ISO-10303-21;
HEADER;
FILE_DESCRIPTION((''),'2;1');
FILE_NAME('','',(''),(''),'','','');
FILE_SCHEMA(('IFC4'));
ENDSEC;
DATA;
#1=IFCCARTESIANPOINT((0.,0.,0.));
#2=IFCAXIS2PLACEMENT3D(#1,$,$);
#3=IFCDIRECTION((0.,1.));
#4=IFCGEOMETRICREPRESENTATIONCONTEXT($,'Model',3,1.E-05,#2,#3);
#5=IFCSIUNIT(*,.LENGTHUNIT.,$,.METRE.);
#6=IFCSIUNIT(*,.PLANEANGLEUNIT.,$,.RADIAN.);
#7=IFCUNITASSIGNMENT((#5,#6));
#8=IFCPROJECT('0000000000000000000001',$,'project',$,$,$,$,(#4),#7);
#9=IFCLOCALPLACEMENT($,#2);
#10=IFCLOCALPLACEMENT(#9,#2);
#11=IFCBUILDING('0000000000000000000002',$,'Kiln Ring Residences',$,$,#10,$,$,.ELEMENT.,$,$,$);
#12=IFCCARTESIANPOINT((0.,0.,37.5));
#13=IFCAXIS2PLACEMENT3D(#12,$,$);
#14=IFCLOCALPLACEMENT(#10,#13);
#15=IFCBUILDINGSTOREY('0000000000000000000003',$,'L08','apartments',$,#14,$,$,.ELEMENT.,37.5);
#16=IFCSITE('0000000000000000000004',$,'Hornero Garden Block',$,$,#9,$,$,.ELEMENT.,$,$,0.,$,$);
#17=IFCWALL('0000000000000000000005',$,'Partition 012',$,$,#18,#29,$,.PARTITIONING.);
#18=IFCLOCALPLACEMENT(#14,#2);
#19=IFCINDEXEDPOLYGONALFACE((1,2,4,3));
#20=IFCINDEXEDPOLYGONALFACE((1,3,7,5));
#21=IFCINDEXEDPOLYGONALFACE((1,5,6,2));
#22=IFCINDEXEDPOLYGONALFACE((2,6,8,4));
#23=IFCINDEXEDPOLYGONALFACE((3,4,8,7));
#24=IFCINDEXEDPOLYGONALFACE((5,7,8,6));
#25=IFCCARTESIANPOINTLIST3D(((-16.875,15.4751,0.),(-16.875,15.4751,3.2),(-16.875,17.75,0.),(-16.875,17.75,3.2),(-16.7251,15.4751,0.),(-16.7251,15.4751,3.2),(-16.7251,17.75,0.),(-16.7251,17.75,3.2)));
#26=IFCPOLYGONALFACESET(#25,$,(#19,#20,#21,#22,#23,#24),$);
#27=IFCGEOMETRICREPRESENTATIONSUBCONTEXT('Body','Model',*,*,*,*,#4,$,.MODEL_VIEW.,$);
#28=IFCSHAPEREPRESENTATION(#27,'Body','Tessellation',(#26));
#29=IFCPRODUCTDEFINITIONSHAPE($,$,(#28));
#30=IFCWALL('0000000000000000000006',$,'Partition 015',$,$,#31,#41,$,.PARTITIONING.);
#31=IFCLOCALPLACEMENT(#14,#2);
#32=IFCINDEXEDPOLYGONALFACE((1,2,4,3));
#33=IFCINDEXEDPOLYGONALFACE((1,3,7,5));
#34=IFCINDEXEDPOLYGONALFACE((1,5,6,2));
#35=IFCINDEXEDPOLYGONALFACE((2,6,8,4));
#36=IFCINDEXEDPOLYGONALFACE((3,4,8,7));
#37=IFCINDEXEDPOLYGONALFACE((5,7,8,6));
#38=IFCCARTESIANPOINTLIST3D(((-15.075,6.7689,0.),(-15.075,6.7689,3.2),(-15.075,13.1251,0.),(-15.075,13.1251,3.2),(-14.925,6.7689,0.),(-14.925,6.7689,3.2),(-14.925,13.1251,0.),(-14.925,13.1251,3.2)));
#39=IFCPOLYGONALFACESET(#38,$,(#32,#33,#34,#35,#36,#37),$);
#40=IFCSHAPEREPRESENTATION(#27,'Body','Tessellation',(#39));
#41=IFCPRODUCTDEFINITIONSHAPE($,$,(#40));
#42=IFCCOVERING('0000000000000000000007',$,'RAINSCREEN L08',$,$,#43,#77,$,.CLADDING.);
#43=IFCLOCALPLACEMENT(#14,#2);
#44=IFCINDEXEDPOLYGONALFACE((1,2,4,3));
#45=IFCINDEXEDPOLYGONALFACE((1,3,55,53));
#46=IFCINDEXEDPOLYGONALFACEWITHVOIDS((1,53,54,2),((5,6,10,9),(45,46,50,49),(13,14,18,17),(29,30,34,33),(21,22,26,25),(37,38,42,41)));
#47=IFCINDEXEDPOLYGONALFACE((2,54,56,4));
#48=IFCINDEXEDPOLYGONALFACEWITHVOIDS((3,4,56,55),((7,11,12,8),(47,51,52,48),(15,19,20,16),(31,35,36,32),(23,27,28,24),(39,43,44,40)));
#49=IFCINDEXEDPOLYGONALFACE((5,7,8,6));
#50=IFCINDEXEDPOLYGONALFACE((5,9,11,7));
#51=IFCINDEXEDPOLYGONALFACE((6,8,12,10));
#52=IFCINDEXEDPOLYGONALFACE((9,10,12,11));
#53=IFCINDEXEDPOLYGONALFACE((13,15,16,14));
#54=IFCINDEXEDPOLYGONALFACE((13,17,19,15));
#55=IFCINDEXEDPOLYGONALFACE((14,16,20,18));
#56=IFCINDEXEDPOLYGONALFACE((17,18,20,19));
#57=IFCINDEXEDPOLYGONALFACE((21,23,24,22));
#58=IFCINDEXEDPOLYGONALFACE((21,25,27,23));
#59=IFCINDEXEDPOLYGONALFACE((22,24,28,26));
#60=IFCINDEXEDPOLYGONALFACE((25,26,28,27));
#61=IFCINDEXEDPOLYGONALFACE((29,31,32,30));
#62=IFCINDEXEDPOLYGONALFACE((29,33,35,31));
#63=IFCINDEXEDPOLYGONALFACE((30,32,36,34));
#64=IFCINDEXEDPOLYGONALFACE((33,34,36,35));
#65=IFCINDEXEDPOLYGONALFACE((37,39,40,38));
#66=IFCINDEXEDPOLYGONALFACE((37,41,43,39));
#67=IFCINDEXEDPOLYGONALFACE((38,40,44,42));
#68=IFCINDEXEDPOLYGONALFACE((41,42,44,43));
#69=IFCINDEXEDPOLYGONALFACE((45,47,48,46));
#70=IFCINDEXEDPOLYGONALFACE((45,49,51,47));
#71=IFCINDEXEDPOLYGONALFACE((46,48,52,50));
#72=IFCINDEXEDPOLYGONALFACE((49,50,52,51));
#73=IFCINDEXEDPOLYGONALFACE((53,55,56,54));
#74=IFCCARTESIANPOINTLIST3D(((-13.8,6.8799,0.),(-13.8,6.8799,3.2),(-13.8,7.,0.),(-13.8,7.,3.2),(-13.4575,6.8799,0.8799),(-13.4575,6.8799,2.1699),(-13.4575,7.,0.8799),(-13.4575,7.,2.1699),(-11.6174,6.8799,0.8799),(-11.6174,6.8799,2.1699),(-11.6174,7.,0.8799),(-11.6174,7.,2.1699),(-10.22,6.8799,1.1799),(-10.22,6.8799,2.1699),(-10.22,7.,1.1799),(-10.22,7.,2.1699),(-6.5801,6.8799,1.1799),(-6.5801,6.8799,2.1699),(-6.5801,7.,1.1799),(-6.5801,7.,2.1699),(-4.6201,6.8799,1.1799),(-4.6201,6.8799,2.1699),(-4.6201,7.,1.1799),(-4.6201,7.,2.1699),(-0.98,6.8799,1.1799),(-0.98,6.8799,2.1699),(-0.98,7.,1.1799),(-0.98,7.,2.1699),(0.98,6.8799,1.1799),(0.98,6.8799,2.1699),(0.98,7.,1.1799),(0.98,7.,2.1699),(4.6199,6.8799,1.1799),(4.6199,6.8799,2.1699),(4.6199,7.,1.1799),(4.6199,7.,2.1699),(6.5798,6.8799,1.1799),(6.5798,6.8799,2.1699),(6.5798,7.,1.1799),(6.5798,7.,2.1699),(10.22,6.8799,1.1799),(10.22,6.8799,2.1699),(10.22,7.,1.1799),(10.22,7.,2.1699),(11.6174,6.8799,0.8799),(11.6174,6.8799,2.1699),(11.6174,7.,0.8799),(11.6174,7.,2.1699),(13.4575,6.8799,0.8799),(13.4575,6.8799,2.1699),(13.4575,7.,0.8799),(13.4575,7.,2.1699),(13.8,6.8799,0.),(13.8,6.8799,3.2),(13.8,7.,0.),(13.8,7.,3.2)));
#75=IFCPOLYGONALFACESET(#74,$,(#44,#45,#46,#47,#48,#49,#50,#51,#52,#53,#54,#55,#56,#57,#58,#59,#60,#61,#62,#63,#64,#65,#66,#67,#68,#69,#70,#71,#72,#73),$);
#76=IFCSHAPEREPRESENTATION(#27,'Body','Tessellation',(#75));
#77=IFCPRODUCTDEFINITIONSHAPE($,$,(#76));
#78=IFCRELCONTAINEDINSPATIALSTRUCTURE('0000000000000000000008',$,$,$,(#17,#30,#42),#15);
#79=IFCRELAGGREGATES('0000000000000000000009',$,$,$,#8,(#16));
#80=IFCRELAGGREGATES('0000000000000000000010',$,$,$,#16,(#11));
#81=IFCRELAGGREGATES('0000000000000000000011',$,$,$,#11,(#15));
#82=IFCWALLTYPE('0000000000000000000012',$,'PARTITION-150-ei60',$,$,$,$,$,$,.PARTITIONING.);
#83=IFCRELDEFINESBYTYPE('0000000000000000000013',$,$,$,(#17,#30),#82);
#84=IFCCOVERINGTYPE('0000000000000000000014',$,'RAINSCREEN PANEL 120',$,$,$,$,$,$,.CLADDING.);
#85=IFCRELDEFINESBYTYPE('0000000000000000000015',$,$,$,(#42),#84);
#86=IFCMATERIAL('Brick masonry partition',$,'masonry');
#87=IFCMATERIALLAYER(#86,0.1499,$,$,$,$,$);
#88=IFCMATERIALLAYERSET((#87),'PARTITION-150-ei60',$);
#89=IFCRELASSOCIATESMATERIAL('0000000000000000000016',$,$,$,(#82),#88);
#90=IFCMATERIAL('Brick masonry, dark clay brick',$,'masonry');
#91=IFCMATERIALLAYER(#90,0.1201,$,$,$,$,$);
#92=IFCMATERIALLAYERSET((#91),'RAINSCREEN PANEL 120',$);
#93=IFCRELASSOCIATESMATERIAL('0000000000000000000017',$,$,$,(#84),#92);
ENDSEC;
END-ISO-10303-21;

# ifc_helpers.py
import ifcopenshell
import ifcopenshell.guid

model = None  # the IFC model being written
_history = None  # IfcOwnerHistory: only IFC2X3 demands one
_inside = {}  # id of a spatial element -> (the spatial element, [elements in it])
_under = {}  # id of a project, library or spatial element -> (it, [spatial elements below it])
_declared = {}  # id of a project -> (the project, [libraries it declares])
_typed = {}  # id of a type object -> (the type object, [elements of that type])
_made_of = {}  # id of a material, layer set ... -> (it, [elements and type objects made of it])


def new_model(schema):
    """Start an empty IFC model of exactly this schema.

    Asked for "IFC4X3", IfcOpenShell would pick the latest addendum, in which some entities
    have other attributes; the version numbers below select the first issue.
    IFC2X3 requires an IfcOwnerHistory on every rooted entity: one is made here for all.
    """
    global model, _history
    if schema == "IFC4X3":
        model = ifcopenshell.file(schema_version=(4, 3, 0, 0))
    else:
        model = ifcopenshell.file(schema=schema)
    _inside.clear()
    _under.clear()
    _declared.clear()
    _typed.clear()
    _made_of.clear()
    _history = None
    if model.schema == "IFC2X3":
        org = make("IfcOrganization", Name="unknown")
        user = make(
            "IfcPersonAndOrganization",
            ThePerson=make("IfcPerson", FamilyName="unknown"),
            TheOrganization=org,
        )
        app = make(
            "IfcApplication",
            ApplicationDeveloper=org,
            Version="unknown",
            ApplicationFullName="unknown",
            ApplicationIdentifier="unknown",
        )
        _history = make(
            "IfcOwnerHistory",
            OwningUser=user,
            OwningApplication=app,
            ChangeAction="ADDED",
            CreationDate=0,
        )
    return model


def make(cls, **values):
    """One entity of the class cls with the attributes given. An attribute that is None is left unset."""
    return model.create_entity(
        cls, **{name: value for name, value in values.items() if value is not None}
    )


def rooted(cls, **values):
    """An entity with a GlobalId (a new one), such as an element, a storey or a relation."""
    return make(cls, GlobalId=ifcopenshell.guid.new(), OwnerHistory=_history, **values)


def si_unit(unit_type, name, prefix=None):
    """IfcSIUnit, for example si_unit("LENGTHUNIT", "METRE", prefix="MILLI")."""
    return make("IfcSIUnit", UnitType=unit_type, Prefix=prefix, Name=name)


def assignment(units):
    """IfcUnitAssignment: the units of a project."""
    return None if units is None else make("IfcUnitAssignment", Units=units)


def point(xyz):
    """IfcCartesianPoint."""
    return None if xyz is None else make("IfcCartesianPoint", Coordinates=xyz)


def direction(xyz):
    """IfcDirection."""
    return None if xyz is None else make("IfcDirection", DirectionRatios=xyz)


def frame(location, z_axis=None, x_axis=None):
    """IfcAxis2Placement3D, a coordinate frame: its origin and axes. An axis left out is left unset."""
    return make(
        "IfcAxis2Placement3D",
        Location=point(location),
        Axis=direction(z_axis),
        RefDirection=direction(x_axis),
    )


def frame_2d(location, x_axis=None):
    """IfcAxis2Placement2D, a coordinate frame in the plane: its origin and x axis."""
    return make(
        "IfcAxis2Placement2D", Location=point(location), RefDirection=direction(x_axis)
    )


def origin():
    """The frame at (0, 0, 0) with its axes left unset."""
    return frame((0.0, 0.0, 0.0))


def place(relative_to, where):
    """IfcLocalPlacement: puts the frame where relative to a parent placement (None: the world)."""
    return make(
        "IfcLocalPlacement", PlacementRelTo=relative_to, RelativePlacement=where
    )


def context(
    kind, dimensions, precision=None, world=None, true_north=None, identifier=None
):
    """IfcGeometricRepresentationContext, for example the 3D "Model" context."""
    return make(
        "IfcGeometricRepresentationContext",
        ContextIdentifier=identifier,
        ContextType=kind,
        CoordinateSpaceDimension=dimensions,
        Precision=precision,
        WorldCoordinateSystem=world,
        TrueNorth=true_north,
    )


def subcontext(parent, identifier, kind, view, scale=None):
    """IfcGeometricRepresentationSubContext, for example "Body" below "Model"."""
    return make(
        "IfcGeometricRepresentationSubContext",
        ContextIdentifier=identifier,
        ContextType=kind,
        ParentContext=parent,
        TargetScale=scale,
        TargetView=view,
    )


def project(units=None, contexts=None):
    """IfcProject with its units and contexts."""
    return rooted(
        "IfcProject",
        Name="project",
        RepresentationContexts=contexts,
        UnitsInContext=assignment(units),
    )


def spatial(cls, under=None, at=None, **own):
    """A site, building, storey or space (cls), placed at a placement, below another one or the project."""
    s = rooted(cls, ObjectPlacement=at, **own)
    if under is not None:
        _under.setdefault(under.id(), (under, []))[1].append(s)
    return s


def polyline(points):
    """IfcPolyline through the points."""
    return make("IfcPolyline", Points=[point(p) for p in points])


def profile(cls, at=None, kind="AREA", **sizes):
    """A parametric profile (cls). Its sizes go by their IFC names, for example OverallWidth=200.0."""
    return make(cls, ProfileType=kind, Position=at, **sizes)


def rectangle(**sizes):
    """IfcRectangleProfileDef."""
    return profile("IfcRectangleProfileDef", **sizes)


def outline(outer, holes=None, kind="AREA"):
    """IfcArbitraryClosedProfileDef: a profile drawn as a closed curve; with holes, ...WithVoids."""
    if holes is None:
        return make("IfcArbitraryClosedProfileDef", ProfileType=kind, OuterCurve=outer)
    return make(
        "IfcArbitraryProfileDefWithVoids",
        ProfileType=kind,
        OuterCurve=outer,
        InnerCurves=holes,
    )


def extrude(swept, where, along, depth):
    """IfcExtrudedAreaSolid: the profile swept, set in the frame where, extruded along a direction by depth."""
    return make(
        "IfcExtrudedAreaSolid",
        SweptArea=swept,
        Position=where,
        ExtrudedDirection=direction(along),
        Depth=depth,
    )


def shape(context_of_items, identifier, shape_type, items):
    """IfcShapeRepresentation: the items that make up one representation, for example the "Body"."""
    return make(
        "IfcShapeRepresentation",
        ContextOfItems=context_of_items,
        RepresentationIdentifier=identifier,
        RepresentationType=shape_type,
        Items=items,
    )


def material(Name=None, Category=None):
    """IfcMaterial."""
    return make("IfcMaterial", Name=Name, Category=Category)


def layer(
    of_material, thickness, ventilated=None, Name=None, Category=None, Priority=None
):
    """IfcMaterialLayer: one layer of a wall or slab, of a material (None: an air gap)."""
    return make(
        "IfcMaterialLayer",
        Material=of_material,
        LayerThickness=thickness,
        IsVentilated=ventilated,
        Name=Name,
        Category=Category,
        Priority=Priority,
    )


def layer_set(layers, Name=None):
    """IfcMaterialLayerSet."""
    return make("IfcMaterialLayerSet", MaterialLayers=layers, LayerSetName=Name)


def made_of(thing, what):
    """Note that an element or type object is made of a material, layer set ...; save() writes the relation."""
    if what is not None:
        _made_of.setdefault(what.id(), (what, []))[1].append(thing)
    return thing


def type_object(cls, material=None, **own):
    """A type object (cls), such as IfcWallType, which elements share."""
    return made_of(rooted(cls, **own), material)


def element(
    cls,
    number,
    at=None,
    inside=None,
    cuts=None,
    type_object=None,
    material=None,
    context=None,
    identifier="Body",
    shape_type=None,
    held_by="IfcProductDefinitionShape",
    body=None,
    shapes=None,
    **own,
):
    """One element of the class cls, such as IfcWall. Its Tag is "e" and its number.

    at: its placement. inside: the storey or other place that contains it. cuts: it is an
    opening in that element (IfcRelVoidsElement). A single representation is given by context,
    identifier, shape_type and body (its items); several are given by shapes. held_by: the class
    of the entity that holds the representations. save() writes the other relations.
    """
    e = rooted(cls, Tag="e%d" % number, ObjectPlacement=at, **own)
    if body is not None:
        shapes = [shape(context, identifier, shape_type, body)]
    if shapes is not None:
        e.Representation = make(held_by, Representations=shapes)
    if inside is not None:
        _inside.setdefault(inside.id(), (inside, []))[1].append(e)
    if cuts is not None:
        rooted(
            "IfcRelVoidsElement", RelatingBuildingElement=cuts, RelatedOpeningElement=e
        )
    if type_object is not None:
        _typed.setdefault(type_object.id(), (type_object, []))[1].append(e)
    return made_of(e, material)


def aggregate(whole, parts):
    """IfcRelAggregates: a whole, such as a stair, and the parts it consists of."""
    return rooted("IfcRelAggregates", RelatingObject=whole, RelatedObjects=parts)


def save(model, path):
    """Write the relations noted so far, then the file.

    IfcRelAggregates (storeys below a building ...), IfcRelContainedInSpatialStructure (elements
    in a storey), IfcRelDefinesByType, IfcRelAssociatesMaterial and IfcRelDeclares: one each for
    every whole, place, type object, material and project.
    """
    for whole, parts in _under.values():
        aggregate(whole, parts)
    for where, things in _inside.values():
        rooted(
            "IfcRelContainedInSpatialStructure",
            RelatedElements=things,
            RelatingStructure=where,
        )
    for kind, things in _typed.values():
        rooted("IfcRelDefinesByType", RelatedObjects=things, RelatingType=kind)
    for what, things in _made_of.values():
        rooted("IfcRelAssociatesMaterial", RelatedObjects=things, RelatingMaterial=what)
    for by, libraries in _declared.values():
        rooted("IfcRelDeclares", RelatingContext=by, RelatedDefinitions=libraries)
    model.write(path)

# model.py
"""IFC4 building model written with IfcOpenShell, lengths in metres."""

from ifc_helpers import new_model, si_unit, direction, frame, frame_2d, origin, place, context, subcontext, project, spatial, polyline, rectangle, outline, extrude, material, layer, layer_set, type_object, element, save


model = new_model("IFC4")

# Units and contexts
model_context = context("Model", 3, precision=1e-05, world=origin(), true_north=direction((0.0, 1.0)))
body_context = subcontext(model_context, "Body", "Model", "MODEL_VIEW")
ifc_project = project(units=[si_unit("LENGTHUNIT", "METRE"), si_unit("PLANEANGLEUNIT", "RADIAN")], contexts=[model_context])

# Site, building, storey
site_placement = place(None, origin())
site = spatial("IfcSite", under=ifc_project, at=site_placement, Name="Hornero Garden Block", CompositionType="ELEMENT", RefElevation=0.0)
building_placement = place(site_placement, origin())
building = spatial("IfcBuilding", under=site, at=building_placement, Name="Kiln Ring Residences", CompositionType="ELEMENT")
storey_placement = place(building_placement, frame((0.0, 0.0, 37.5)))
storey = spatial("IfcBuildingStorey", under=building, at=storey_placement, Name="L08", Description="apartments", CompositionType="ELEMENT", Elevation=37.5)

# Shared definitions
ifc_material_1 = material(Name="Brick masonry partition", Category="masonry")
ifc_layer_1 = layer(ifc_material_1, 0.1499)
ifc_layer_set_1 = layer_set([ifc_layer_1], Name="PARTITION-150-ei60")
wall_type_1 = type_object("IfcWallType", Name="PARTITION-150-ei60", PredefinedType="PARTITIONING", material=ifc_layer_set_1)

# Walls
wall_1_placement = place(storey_placement, frame((-16.8, 15.4751, 0.0), z_axis=(0.0, 0.0, 1.0), x_axis=(0.0, 1.0, 0.0)))
element("IfcWall", 1, at=wall_1_placement, inside=storey, type_object=wall_type_1, Name="Partition 012", PredefinedType="PARTITIONING", context=body_context, shape_type="SweptSolid", body=[
    extrude(rectangle(XDim=2.2749, YDim=0.1499, at=frame_2d((1.1375, 0.0))), origin(), (0.0, 0.0, 1.0), 3.2),
])
wall_2_placement = place(storey_placement, frame((-15.0, 6.7688, 0.0), z_axis=(0.0, 0.0, 1.0), x_axis=(0.0, 1.0, 0.0)))
element("IfcWall", 2, at=wall_2_placement, inside=storey, type_object=wall_type_1, Name="Partition 015", PredefinedType="PARTITIONING", context=body_context, shape_type="SweptSolid", body=[
    extrude(rectangle(XDim=6.3562, YDim=0.1499, at=frame_2d((3.1782, 0.0))), origin(), (0.0, 0.0, 1.0), 3.2),
])

# Covering
ifc_material_2 = material(Name="Brick masonry, dark clay brick", Category="masonry")
ifc_layer_2 = layer(ifc_material_2, 0.1201)
ifc_layer_set_2 = layer_set([ifc_layer_2], Name="RAINSCREEN PANEL 120")
covering_type = type_object("IfcCoveringType", Name="RAINSCREEN PANEL 120", PredefinedType="CLADDING", material=ifc_layer_set_2)
covering_placement = place(storey_placement, frame((-13.8, 6.9399, 0.0), z_axis=(0.0, 0.0, 1.0), x_axis=(1.0, 0.0, 0.0)))
element("IfcCovering", 3, at=covering_placement, inside=storey, type_object=covering_type, Name="RAINSCREEN L08", PredefinedType="CLADDING", context=body_context, shape_type="SweptSolid", body=[
    extrude(outline(polyline([(0.0, 0.0), (27.6001, 0.0), (27.6001, 3.2), (0.0, 3.2), (0.0, 0.0)]), holes=[polyline([(2.1826, 0.8799), (2.1826, 2.1699), (0.3425, 2.1699), (0.3425, 0.8799), (2.1826, 0.8799)]), polyline([(25.4175, 0.8799), (27.2576, 0.8799), (27.2576, 2.1699), (25.4175, 2.1699), (25.4175, 0.8799)]), polyline([(3.5801, 1.1799), (7.22, 1.1799), (7.22, 2.1699), (3.5801, 2.1699), (3.5801, 1.1799)]), polyline([(12.8201, 1.1799), (12.8201, 2.1699), (9.1799, 2.1699), (9.1799, 1.1799), (12.8201, 1.1799)]), polyline([(14.78, 1.1799), (18.4199, 1.1799), (18.4199, 2.1699), (14.78, 2.1699), (14.78, 1.1799)]), polyline([(20.3799, 1.1799), (24.02, 1.1799), (24.02, 2.1699), (20.3799, 2.1699), (20.3799, 1.1799)])]), frame((0.0, 0.0601, 0.0), z_axis=(0.0, -1.0, 0.0), x_axis=(1.0, 0.0, 0.0)), (0.0, 0.0, 1.0), 0.1201),
])

save(model, "model.ifc")
